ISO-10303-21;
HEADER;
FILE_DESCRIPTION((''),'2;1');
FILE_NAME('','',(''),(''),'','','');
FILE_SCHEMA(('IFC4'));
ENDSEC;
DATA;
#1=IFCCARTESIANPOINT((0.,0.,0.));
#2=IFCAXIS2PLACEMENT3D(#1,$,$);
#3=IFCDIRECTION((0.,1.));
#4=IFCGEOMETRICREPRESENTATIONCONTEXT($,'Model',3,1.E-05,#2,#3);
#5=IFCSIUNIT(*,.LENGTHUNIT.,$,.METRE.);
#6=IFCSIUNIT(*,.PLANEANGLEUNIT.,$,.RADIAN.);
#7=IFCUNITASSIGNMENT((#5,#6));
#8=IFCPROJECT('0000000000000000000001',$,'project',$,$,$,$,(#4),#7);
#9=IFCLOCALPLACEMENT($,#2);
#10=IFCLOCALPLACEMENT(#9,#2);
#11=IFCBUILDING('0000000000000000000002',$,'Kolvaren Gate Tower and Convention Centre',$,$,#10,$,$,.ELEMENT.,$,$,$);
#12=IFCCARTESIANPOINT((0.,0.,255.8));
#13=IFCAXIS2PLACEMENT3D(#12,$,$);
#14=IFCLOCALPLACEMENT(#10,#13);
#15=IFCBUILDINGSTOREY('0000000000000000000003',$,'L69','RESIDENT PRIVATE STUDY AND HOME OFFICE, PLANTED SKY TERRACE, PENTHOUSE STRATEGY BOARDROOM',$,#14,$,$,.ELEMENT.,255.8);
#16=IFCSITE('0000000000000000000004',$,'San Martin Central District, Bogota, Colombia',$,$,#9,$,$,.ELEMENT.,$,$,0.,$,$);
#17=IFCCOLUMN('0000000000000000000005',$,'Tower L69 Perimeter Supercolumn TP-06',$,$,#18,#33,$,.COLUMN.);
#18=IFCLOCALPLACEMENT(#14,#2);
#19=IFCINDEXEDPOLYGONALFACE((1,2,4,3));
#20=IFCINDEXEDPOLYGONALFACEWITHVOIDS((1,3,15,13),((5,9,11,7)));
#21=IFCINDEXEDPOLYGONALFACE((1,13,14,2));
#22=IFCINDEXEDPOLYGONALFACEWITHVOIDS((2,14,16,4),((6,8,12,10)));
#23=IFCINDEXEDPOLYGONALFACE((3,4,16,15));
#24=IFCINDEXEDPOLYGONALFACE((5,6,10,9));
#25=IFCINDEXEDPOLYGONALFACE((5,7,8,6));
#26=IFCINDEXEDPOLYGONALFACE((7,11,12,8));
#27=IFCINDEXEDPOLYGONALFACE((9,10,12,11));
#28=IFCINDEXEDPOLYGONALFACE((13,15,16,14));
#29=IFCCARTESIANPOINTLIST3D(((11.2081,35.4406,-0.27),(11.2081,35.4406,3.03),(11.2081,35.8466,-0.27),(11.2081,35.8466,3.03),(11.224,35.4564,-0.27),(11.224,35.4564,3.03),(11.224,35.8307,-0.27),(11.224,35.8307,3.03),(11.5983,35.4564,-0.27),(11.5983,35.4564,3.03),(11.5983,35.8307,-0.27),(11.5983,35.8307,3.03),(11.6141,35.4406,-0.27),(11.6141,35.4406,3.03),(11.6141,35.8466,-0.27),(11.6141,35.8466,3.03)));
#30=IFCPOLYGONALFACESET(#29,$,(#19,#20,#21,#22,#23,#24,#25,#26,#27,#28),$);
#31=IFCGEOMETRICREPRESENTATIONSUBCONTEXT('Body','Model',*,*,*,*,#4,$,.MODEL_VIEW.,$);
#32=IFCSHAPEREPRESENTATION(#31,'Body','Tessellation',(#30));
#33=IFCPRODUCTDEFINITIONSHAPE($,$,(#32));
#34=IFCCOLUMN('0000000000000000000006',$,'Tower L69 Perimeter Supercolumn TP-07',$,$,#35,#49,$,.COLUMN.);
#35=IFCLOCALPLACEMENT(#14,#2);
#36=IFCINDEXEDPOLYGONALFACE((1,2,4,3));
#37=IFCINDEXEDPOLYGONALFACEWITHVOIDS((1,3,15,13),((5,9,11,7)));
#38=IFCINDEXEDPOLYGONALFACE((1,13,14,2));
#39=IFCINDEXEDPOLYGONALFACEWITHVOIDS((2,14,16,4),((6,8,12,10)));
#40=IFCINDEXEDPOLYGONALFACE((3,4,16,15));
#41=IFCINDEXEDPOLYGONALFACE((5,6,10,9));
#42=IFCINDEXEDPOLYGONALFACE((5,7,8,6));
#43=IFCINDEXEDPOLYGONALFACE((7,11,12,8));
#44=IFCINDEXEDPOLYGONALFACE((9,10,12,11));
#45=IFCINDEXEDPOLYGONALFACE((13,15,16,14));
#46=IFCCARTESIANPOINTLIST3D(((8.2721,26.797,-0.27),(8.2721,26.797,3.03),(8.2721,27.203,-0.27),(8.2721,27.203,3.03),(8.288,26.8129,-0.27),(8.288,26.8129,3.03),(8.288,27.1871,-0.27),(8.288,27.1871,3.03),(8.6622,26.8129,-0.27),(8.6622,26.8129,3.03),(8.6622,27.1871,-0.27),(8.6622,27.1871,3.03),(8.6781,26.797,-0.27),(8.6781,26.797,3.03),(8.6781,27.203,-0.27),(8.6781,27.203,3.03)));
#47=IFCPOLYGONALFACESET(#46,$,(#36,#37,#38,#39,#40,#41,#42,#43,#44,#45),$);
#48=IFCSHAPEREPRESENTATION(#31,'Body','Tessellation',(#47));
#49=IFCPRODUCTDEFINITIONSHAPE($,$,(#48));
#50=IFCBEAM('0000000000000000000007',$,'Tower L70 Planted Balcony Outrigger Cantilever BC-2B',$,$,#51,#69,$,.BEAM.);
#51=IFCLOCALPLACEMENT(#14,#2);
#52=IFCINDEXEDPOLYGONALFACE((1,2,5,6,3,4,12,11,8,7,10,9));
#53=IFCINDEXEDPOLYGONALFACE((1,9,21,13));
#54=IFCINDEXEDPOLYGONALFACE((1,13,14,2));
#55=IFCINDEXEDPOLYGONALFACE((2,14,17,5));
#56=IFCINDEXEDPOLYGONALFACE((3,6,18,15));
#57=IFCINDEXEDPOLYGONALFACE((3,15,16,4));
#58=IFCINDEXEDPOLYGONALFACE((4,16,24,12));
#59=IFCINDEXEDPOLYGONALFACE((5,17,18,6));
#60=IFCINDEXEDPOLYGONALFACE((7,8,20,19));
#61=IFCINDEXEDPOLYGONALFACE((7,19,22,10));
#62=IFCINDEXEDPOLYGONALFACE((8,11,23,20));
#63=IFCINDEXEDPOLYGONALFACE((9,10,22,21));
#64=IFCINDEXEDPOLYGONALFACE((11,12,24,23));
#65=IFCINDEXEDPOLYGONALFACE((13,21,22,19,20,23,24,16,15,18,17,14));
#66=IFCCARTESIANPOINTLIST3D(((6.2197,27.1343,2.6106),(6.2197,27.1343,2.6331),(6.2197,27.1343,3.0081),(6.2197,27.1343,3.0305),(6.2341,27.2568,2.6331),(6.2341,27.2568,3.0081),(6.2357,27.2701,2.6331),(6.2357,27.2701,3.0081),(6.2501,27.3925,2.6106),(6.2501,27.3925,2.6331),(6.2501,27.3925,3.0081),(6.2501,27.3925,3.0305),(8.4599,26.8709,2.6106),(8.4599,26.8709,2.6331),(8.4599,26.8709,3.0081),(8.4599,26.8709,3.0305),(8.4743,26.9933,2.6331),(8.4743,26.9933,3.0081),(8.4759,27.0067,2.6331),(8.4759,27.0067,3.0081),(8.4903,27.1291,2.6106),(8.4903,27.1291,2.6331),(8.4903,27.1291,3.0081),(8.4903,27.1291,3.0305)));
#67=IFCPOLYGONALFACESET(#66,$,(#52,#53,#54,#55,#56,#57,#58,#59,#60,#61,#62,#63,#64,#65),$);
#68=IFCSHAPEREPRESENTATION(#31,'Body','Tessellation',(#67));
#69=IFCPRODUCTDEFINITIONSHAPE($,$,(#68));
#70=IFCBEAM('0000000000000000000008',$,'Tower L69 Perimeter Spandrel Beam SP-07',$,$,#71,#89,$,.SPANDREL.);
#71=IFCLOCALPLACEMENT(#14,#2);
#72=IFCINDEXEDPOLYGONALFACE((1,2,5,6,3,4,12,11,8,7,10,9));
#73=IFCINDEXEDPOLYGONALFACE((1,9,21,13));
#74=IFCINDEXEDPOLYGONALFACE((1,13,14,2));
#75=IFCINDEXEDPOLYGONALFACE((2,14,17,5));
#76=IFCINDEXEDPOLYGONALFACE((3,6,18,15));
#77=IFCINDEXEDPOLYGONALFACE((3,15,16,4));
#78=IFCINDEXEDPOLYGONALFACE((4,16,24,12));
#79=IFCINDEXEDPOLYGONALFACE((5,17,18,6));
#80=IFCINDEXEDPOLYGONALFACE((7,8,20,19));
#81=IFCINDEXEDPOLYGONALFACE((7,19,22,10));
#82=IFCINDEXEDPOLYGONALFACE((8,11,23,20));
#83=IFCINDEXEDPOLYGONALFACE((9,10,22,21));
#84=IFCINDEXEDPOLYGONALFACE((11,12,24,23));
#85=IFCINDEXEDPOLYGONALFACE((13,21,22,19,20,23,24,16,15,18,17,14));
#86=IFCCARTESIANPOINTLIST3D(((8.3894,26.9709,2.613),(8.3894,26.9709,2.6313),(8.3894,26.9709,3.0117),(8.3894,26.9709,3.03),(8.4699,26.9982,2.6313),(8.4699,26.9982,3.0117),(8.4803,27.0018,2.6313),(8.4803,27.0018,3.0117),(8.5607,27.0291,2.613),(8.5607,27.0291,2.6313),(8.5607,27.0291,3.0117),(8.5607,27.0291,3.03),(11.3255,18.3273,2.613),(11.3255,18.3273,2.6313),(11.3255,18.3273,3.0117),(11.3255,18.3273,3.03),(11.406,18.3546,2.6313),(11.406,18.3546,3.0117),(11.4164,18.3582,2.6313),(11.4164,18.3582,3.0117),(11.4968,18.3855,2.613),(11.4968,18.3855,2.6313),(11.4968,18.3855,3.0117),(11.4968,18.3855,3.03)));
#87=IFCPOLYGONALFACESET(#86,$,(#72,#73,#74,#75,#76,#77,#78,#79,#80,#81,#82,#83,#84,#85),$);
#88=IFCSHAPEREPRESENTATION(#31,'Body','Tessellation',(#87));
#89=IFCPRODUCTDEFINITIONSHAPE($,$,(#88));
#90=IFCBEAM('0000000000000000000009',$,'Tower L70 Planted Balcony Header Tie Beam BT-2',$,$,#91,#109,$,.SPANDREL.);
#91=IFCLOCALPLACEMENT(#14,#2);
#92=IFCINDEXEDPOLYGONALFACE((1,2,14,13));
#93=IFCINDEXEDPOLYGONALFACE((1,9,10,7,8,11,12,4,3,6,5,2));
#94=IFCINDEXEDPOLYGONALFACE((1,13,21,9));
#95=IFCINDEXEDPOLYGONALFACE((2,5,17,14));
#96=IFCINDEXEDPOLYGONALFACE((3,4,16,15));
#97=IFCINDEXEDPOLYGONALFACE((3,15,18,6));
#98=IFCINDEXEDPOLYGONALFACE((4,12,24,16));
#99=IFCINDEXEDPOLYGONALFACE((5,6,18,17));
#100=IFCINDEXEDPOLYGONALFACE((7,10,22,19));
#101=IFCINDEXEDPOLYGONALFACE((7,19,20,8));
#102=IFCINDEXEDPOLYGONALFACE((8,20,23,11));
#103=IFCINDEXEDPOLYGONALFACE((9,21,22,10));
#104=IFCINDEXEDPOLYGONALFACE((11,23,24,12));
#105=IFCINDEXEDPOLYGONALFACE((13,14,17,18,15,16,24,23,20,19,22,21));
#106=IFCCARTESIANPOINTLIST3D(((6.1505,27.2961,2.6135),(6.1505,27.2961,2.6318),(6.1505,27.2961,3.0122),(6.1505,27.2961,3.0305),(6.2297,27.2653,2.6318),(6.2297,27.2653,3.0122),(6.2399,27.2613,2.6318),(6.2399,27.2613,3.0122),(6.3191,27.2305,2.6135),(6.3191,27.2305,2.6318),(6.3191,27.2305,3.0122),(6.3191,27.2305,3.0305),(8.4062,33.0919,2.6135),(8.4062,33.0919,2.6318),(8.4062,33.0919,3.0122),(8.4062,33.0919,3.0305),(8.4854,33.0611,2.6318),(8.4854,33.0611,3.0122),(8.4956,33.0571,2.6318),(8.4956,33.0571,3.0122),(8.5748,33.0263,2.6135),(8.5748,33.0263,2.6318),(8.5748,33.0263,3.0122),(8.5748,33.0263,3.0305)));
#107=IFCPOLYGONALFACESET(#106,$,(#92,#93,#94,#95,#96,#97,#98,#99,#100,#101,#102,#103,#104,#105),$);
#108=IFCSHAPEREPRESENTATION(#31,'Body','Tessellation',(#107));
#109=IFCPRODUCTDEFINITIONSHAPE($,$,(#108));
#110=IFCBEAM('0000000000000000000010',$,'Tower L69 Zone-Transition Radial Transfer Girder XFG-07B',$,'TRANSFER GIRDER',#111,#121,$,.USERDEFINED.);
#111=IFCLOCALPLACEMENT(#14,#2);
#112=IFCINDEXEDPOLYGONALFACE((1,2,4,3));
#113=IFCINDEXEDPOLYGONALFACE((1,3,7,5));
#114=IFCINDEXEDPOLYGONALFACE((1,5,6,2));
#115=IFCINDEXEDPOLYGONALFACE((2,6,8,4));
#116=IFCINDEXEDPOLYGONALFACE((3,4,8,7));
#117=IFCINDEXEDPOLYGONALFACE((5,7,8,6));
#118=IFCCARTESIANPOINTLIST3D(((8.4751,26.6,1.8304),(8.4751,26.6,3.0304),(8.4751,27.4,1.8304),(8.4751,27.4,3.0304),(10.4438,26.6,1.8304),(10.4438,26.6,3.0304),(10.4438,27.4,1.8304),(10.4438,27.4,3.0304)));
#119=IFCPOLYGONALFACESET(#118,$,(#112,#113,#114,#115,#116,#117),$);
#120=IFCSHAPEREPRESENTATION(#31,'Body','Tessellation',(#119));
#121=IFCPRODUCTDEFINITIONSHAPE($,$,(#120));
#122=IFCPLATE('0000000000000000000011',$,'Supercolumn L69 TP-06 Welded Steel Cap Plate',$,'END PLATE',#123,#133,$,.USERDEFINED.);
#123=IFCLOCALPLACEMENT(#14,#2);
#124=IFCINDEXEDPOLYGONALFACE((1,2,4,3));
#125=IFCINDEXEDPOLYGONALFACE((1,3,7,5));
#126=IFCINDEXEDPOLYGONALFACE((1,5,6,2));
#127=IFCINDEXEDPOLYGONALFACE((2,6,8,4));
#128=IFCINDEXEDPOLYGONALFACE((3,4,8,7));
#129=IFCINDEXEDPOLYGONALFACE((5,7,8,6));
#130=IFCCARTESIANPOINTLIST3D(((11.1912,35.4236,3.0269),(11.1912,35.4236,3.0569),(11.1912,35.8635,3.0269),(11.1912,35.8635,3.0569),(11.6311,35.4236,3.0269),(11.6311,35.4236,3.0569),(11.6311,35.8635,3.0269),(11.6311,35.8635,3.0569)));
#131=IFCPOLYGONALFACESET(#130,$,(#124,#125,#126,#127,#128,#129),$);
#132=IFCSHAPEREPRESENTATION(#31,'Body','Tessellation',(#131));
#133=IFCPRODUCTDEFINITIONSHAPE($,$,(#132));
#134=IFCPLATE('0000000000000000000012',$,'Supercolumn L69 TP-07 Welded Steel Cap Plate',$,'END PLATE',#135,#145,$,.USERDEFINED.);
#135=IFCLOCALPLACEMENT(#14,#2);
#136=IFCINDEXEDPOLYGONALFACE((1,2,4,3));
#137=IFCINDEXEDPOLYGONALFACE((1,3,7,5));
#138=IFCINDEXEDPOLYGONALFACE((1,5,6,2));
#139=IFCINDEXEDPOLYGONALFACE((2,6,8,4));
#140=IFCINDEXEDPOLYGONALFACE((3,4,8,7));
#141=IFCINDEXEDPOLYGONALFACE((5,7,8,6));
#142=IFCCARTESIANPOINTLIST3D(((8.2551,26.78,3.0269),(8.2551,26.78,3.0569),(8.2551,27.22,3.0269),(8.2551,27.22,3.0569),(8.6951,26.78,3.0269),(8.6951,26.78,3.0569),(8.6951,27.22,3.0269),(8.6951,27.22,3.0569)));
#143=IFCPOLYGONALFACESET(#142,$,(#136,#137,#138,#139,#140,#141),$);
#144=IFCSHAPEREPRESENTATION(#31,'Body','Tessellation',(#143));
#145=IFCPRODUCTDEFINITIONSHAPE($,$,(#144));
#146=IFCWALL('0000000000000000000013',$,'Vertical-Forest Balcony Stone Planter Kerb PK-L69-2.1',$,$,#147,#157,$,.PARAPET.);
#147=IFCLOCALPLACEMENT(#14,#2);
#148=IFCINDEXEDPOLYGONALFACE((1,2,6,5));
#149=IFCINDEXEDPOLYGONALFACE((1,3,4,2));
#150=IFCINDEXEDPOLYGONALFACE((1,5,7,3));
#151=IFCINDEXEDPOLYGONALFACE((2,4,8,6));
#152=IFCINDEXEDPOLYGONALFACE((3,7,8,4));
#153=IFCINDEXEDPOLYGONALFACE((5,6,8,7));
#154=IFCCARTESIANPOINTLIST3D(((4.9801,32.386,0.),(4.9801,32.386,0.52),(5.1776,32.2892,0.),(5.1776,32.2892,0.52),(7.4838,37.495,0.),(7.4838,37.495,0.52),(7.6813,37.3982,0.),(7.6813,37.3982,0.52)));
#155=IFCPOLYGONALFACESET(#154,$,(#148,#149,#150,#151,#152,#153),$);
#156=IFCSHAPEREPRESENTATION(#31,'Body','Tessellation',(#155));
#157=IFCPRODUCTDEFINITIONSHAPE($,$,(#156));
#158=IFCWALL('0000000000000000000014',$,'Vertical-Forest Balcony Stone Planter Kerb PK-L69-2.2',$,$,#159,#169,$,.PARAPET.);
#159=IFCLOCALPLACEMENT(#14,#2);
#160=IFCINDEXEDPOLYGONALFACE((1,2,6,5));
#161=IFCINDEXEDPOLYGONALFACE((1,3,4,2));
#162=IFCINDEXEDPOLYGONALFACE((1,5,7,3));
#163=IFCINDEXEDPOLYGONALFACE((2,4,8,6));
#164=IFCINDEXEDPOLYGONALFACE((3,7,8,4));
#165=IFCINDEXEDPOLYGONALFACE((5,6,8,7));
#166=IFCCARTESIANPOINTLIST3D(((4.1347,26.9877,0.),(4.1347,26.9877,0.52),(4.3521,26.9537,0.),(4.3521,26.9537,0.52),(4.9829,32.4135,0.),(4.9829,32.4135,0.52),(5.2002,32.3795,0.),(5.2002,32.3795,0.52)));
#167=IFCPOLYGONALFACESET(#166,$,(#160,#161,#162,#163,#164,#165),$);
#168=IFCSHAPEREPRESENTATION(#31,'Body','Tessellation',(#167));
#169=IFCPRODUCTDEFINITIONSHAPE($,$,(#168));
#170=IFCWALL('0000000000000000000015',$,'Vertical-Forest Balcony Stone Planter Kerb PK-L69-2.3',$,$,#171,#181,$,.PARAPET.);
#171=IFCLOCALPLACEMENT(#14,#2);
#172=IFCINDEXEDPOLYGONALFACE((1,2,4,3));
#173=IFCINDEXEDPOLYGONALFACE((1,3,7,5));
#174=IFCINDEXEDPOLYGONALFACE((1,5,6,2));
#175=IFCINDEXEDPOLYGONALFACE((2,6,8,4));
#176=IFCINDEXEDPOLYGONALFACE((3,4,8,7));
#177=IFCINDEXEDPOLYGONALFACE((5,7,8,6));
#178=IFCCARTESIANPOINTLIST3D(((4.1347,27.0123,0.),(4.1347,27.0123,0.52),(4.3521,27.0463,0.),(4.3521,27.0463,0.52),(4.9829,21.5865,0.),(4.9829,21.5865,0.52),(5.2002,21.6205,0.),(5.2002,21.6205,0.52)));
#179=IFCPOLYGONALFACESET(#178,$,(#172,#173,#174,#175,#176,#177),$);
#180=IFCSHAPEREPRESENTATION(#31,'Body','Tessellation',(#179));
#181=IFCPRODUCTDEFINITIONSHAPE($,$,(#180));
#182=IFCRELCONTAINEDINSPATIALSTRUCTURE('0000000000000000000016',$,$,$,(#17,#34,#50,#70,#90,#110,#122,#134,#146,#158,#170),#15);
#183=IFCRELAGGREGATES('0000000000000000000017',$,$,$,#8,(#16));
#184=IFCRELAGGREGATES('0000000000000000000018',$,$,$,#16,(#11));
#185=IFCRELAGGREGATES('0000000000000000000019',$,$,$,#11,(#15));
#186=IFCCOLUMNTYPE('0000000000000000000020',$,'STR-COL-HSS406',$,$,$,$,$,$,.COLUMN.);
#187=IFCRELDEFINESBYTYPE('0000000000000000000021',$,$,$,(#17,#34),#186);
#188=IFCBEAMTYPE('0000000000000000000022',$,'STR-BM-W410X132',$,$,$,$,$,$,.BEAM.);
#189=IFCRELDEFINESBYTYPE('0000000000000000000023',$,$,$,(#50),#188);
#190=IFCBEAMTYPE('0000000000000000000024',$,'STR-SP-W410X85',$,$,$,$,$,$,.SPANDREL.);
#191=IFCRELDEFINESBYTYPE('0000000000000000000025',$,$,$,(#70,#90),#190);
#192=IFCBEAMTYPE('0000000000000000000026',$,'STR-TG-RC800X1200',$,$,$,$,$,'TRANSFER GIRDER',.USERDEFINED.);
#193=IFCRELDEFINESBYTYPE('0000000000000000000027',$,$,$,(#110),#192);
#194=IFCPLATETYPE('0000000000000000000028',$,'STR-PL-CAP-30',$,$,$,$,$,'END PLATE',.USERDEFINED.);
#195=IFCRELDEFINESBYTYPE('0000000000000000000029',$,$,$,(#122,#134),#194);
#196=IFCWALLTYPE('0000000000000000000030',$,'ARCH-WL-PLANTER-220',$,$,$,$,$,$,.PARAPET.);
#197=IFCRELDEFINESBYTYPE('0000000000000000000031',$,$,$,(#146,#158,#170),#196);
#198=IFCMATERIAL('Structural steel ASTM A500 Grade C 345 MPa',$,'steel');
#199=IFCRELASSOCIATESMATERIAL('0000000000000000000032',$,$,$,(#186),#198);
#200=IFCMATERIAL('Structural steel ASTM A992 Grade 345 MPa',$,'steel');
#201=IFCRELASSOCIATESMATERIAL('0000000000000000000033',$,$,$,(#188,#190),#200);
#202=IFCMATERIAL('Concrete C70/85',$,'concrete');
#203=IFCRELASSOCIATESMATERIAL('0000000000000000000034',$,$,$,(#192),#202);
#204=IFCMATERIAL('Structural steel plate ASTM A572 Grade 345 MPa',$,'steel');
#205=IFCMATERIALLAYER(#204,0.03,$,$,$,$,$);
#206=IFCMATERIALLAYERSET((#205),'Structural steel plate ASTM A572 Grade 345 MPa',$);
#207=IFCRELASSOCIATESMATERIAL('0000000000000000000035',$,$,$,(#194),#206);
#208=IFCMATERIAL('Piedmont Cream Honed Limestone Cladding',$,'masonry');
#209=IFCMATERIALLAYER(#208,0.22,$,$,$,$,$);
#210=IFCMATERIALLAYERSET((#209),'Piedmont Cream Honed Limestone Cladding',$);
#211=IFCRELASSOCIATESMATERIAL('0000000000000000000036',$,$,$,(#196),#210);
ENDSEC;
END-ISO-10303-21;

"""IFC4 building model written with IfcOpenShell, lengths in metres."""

from ifc_helpers import new_model, si_unit, direction, frame, frame_2d, origin, origin_2d, place, context, subcontext, project, spatial, rectangle, hollow_rectangle, i_section, extrude, material, layer, layer_set, material_profile, profile_set, type_object, element, save


model = new_model("IFC4")

# Units and contexts
model_context = context("Model", 3, precision=1e-05, world=origin(), true_north=direction((0.0, 1.0)))
body_context = subcontext(model_context, "Body", "Model", "MODEL_VIEW")
ifc_project = project(units=[si_unit("LENGTHUNIT", "METRE"), si_unit("PLANEANGLEUNIT", "RADIAN")], contexts=[model_context])

# Site, building, storey
site_placement = place(None, origin())
site = spatial("IfcSite", under=ifc_project, at=site_placement, Name="San Martin Central District, Bogota, Colombia", CompositionType="ELEMENT", RefElevation=0.0)
building_placement = place(site_placement, origin())
building = spatial("IfcBuilding", under=site, at=building_placement, Name="Kolvaren Gate Tower and Convention Centre", CompositionType="ELEMENT")
storey_placement = place(building_placement, frame((0.0, 0.0, 255.8)))
storey = spatial("IfcBuildingStorey", under=building, at=storey_placement, Name="L69", Description="RESIDENT PRIVATE STUDY AND HOME OFFICE, PLANTED SKY TERRACE, PENTHOUSE STRATEGY BOARDROOM", CompositionType="ELEMENT", Elevation=255.8)

# Columns
ifc_material_1 = material(Name="Structural steel ASTM A500 Grade C 345 MPa", Category="steel")
ifc_material_profile_1 = material_profile(ifc_material_1, hollow_rectangle(XDim=0.406, YDim=0.406, WallThickness=0.0159, at=origin_2d()), Name="HSS406X406X15.9")
ifc_profile_set_1 = profile_set([ifc_material_profile_1], Name="Structural steel ASTM A500 Grade C 345 MPa")
column_type = type_object("IfcColumnType", Name="STR-COL-HSS406", PredefinedType="COLUMN", material=ifc_profile_set_1)
for number, where, z_axis, x_axis, name in (
    (1, (11.4111, 35.6436, -0.27), (0.0, 0.0, 1.0), (1.0, 0.0, 0.0), "Tower L69 Perimeter Supercolumn TP-06"),
    (2, (8.4751, 27.0, -0.27), (0.0, 0.0, 1.0), (1.0, 0.0, 0.0), "Tower L69 Perimeter Supercolumn TP-07"),
):
    element("IfcColumn", number, at=place(storey_placement, frame(where, z_axis=z_axis, x_axis=x_axis)), inside=storey, type_object=column_type, Name=name, PredefinedType="COLUMN", context=body_context, shape_type="SweptSolid", body=[
        extrude(hollow_rectangle(XDim=0.406, YDim=0.406, WallThickness=0.0159, at=origin_2d()), origin(), (0.0, 0.0, 1.0), 3.3),
    ])

# Beams
ifc_material_2 = material(Name="Structural steel ASTM A992 Grade 345 MPa", Category="steel")
ifc_material_profile_2 = material_profile(ifc_material_2, i_section(OverallWidth=0.26, OverallDepth=0.4199, WebThickness=0.0134, FlangeThickness=0.0225, at=origin_2d()), Name="W410X132")
ifc_profile_set_2 = profile_set([ifc_material_profile_2], Name="Structural steel ASTM A992 Grade 345 MPa")
beam_type_1 = type_object("IfcBeamType", Name="STR-BM-W410X132", PredefinedType="BEAM", material=ifc_profile_set_2)
beam_1_placement = place(storey_placement, frame((8.4751, 27.0, 2.8206), z_axis=(-0.993157, 0.116785, 0.0), x_axis=(-0.116785, -0.993157, 0.0)))
element("IfcBeam", 3, at=beam_1_placement, inside=storey, type_object=beam_type_1, Name="Tower L70 Planted Balcony Outrigger Cantilever BC-2B", PredefinedType="BEAM", context=body_context, shape_type="SweptSolid", body=[
    extrude(i_section(OverallWidth=0.26, OverallDepth=0.4199, WebThickness=0.0134, FlangeThickness=0.0225, at=origin_2d()), origin(), (0.0, 0.0, 1.0), 2.2556),
])
ifc_material_profile_3 = material_profile(ifc_material_2, i_section(OverallWidth=0.1809, OverallDepth=0.417, WebThickness=0.011, FlangeThickness=0.0183, at=origin_2d()), Name="W410X85")
ifc_profile_set_3 = profile_set([ifc_material_profile_3], Name="Structural steel ASTM A992 Grade 345 MPa")
beam_type_2 = type_object("IfcBeamType", Name="STR-SP-W410X85", PredefinedType="SPANDREL", material=ifc_profile_set_3)
beam_2_placement = place(storey_placement, frame((8.4751, 27.0, 2.8215), z_axis=(0.32163, -0.946865, 0.0), x_axis=(0.946865, 0.32163, 0.0)))
element("IfcBeam", 4, at=beam_2_placement, inside=storey, type_object=beam_type_2, Name="Tower L69 Perimeter Spandrel Beam SP-07", PredefinedType="SPANDREL", context=body_context, shape_type="SweptSolid", body=[
    extrude(i_section(OverallWidth=0.1809, OverallDepth=0.417, WebThickness=0.011, FlangeThickness=0.0183, at=origin_2d()), origin(), (0.0, 0.0, 1.0), 9.1287),
])
beam_3_placement = place(storey_placement, frame((8.4905, 33.0591, 2.822), z_axis=(-0.362691, -0.93191, 0.0), x_axis=(0.93191, -0.362691, 0.0)))
element("IfcBeam", 5, at=beam_3_placement, inside=storey, type_object=beam_type_2, Name="Tower L70 Planted Balcony Header Tie Beam BT-2", PredefinedType="SPANDREL", context=body_context, shape_type="SweptSolid", body=[
    extrude(i_section(OverallWidth=0.1809, OverallDepth=0.417, WebThickness=0.011, FlangeThickness=0.0183, at=origin_2d()), origin(), (0.0, 0.0, 1.0), 6.2192),
])
ifc_material_3 = material(Name="Concrete C70/85", Category="concrete")
ifc_material_profile_4 = material_profile(ifc_material_3, rectangle(XDim=0.8, YDim=1.2, at=origin_2d()), Name="RC-BM-800X1200")
ifc_profile_set_4 = profile_set([ifc_material_profile_4], Name="Concrete C70/85")
beam_type_3 = type_object("IfcBeamType", Name="STR-TG-RC800X1200", ElementType="TRANSFER GIRDER", PredefinedType="USERDEFINED", material=ifc_profile_set_4)
beam_4_placement = place(storey_placement, frame((10.4438, 27.0, 2.4304), z_axis=(-1.0, 0.0, 0.0), x_axis=(0.0, -1.0, 0.0)))
element("IfcBeam", 6, at=beam_4_placement, inside=storey, type_object=beam_type_3, Name="Tower L69 Zone-Transition Radial Transfer Girder XFG-07B", ObjectType="TRANSFER GIRDER", PredefinedType="USERDEFINED", context=body_context, shape_type="SweptSolid", body=[
    extrude(rectangle(XDim=0.8, YDim=1.2, at=origin_2d()), origin(), (0.0, 0.0, 1.0), 1.9688),
])

# Plates
ifc_material_4 = material(Name="Structural steel plate ASTM A572 Grade 345 MPa", Category="steel")
ifc_layer_1 = layer(ifc_material_4, 0.03)
ifc_layer_set_1 = layer_set([ifc_layer_1], Name="Structural steel plate ASTM A572 Grade 345 MPa")
plate_type = type_object("IfcPlateType", Name="STR-PL-CAP-30", ElementType="END PLATE", PredefinedType="USERDEFINED", material=ifc_layer_set_1)
for number, where, z_axis, x_axis, name in (
    (7, (11.4111, 35.6436, 3.0269), (0.0, 0.0, 1.0), (1.0, 0.0, 0.0), "Supercolumn L69 TP-06 Welded Steel Cap Plate"),
    (8, (8.4751, 27.0, 3.0269), (0.0, 0.0, 1.0), (1.0, 0.0, 0.0), "Supercolumn L69 TP-07 Welded Steel Cap Plate"),
):
    element("IfcPlate", number, at=place(storey_placement, frame(where, z_axis=z_axis, x_axis=x_axis)), inside=storey, type_object=plate_type, Name=name, ObjectType="END PLATE", PredefinedType="USERDEFINED", context=body_context, shape_type="SweptSolid", body=[
        extrude(rectangle(XDim=0.4399, YDim=0.4399, at=origin_2d()), origin(), (0.0, 0.0, 1.0), 0.03),
    ])

# Walls
ifc_material_5 = material(Name="Piedmont Cream Honed Limestone Cladding", Category="masonry")
ifc_layer_2 = layer(ifc_material_5, 0.22)
ifc_layer_set_2 = layer_set([ifc_layer_2], Name="Piedmont Cream Honed Limestone Cladding")
wall_type_1 = type_object("IfcWallType", Name="ARCH-WL-PLANTER-220", PredefinedType="PARAPET", material=ifc_layer_set_2)
wall_1_placement = place(storey_placement, frame((5.0789, 32.3376, 0.0), z_axis=(0.0, 0.0, 1.0), x_axis=(0.440059, 0.897969, 0.0)))
element("IfcWall", 9, at=wall_1_placement, inside=storey, type_object=wall_type_1, Name="Vertical-Forest Balcony Stone Planter Kerb PK-L69-2.1", PredefinedType="PARAPET", context=body_context, shape_type="SweptSolid", body=[
    extrude(rectangle(XDim=5.6895, YDim=0.22, at=frame_2d((2.8447, 0.0))), origin(), (0.0, 0.0, 1.0), 0.52),
])
for number, where, z_axis, x_axis, name in (
    (10, (4.2434, 26.9707, 0.0), (0.0, 0.0, 1.0), (0.154442, 0.988002, 0.0), "Vertical-Forest Balcony Stone Planter Kerb PK-L69-2.2"),
    (11, (4.2434, 27.0293, 0.0), (0.0, 0.0, 1.0), (0.154442, -0.988002, 0.0), "Vertical-Forest Balcony Stone Planter Kerb PK-L69-2.3"),
):
    element("IfcWall", number, at=place(storey_placement, frame(where, z_axis=z_axis, x_axis=x_axis)), inside=storey, type_object=wall_type_1, Name=name, PredefinedType="PARAPET", context=body_context, shape_type="SweptSolid", body=[
        extrude(rectangle(XDim=5.4917, YDim=0.22, at=frame_2d((2.7458, 0.0))), origin(), (0.0, 0.0, 1.0), 0.52),
    ])

save(model, "model.ifc")
